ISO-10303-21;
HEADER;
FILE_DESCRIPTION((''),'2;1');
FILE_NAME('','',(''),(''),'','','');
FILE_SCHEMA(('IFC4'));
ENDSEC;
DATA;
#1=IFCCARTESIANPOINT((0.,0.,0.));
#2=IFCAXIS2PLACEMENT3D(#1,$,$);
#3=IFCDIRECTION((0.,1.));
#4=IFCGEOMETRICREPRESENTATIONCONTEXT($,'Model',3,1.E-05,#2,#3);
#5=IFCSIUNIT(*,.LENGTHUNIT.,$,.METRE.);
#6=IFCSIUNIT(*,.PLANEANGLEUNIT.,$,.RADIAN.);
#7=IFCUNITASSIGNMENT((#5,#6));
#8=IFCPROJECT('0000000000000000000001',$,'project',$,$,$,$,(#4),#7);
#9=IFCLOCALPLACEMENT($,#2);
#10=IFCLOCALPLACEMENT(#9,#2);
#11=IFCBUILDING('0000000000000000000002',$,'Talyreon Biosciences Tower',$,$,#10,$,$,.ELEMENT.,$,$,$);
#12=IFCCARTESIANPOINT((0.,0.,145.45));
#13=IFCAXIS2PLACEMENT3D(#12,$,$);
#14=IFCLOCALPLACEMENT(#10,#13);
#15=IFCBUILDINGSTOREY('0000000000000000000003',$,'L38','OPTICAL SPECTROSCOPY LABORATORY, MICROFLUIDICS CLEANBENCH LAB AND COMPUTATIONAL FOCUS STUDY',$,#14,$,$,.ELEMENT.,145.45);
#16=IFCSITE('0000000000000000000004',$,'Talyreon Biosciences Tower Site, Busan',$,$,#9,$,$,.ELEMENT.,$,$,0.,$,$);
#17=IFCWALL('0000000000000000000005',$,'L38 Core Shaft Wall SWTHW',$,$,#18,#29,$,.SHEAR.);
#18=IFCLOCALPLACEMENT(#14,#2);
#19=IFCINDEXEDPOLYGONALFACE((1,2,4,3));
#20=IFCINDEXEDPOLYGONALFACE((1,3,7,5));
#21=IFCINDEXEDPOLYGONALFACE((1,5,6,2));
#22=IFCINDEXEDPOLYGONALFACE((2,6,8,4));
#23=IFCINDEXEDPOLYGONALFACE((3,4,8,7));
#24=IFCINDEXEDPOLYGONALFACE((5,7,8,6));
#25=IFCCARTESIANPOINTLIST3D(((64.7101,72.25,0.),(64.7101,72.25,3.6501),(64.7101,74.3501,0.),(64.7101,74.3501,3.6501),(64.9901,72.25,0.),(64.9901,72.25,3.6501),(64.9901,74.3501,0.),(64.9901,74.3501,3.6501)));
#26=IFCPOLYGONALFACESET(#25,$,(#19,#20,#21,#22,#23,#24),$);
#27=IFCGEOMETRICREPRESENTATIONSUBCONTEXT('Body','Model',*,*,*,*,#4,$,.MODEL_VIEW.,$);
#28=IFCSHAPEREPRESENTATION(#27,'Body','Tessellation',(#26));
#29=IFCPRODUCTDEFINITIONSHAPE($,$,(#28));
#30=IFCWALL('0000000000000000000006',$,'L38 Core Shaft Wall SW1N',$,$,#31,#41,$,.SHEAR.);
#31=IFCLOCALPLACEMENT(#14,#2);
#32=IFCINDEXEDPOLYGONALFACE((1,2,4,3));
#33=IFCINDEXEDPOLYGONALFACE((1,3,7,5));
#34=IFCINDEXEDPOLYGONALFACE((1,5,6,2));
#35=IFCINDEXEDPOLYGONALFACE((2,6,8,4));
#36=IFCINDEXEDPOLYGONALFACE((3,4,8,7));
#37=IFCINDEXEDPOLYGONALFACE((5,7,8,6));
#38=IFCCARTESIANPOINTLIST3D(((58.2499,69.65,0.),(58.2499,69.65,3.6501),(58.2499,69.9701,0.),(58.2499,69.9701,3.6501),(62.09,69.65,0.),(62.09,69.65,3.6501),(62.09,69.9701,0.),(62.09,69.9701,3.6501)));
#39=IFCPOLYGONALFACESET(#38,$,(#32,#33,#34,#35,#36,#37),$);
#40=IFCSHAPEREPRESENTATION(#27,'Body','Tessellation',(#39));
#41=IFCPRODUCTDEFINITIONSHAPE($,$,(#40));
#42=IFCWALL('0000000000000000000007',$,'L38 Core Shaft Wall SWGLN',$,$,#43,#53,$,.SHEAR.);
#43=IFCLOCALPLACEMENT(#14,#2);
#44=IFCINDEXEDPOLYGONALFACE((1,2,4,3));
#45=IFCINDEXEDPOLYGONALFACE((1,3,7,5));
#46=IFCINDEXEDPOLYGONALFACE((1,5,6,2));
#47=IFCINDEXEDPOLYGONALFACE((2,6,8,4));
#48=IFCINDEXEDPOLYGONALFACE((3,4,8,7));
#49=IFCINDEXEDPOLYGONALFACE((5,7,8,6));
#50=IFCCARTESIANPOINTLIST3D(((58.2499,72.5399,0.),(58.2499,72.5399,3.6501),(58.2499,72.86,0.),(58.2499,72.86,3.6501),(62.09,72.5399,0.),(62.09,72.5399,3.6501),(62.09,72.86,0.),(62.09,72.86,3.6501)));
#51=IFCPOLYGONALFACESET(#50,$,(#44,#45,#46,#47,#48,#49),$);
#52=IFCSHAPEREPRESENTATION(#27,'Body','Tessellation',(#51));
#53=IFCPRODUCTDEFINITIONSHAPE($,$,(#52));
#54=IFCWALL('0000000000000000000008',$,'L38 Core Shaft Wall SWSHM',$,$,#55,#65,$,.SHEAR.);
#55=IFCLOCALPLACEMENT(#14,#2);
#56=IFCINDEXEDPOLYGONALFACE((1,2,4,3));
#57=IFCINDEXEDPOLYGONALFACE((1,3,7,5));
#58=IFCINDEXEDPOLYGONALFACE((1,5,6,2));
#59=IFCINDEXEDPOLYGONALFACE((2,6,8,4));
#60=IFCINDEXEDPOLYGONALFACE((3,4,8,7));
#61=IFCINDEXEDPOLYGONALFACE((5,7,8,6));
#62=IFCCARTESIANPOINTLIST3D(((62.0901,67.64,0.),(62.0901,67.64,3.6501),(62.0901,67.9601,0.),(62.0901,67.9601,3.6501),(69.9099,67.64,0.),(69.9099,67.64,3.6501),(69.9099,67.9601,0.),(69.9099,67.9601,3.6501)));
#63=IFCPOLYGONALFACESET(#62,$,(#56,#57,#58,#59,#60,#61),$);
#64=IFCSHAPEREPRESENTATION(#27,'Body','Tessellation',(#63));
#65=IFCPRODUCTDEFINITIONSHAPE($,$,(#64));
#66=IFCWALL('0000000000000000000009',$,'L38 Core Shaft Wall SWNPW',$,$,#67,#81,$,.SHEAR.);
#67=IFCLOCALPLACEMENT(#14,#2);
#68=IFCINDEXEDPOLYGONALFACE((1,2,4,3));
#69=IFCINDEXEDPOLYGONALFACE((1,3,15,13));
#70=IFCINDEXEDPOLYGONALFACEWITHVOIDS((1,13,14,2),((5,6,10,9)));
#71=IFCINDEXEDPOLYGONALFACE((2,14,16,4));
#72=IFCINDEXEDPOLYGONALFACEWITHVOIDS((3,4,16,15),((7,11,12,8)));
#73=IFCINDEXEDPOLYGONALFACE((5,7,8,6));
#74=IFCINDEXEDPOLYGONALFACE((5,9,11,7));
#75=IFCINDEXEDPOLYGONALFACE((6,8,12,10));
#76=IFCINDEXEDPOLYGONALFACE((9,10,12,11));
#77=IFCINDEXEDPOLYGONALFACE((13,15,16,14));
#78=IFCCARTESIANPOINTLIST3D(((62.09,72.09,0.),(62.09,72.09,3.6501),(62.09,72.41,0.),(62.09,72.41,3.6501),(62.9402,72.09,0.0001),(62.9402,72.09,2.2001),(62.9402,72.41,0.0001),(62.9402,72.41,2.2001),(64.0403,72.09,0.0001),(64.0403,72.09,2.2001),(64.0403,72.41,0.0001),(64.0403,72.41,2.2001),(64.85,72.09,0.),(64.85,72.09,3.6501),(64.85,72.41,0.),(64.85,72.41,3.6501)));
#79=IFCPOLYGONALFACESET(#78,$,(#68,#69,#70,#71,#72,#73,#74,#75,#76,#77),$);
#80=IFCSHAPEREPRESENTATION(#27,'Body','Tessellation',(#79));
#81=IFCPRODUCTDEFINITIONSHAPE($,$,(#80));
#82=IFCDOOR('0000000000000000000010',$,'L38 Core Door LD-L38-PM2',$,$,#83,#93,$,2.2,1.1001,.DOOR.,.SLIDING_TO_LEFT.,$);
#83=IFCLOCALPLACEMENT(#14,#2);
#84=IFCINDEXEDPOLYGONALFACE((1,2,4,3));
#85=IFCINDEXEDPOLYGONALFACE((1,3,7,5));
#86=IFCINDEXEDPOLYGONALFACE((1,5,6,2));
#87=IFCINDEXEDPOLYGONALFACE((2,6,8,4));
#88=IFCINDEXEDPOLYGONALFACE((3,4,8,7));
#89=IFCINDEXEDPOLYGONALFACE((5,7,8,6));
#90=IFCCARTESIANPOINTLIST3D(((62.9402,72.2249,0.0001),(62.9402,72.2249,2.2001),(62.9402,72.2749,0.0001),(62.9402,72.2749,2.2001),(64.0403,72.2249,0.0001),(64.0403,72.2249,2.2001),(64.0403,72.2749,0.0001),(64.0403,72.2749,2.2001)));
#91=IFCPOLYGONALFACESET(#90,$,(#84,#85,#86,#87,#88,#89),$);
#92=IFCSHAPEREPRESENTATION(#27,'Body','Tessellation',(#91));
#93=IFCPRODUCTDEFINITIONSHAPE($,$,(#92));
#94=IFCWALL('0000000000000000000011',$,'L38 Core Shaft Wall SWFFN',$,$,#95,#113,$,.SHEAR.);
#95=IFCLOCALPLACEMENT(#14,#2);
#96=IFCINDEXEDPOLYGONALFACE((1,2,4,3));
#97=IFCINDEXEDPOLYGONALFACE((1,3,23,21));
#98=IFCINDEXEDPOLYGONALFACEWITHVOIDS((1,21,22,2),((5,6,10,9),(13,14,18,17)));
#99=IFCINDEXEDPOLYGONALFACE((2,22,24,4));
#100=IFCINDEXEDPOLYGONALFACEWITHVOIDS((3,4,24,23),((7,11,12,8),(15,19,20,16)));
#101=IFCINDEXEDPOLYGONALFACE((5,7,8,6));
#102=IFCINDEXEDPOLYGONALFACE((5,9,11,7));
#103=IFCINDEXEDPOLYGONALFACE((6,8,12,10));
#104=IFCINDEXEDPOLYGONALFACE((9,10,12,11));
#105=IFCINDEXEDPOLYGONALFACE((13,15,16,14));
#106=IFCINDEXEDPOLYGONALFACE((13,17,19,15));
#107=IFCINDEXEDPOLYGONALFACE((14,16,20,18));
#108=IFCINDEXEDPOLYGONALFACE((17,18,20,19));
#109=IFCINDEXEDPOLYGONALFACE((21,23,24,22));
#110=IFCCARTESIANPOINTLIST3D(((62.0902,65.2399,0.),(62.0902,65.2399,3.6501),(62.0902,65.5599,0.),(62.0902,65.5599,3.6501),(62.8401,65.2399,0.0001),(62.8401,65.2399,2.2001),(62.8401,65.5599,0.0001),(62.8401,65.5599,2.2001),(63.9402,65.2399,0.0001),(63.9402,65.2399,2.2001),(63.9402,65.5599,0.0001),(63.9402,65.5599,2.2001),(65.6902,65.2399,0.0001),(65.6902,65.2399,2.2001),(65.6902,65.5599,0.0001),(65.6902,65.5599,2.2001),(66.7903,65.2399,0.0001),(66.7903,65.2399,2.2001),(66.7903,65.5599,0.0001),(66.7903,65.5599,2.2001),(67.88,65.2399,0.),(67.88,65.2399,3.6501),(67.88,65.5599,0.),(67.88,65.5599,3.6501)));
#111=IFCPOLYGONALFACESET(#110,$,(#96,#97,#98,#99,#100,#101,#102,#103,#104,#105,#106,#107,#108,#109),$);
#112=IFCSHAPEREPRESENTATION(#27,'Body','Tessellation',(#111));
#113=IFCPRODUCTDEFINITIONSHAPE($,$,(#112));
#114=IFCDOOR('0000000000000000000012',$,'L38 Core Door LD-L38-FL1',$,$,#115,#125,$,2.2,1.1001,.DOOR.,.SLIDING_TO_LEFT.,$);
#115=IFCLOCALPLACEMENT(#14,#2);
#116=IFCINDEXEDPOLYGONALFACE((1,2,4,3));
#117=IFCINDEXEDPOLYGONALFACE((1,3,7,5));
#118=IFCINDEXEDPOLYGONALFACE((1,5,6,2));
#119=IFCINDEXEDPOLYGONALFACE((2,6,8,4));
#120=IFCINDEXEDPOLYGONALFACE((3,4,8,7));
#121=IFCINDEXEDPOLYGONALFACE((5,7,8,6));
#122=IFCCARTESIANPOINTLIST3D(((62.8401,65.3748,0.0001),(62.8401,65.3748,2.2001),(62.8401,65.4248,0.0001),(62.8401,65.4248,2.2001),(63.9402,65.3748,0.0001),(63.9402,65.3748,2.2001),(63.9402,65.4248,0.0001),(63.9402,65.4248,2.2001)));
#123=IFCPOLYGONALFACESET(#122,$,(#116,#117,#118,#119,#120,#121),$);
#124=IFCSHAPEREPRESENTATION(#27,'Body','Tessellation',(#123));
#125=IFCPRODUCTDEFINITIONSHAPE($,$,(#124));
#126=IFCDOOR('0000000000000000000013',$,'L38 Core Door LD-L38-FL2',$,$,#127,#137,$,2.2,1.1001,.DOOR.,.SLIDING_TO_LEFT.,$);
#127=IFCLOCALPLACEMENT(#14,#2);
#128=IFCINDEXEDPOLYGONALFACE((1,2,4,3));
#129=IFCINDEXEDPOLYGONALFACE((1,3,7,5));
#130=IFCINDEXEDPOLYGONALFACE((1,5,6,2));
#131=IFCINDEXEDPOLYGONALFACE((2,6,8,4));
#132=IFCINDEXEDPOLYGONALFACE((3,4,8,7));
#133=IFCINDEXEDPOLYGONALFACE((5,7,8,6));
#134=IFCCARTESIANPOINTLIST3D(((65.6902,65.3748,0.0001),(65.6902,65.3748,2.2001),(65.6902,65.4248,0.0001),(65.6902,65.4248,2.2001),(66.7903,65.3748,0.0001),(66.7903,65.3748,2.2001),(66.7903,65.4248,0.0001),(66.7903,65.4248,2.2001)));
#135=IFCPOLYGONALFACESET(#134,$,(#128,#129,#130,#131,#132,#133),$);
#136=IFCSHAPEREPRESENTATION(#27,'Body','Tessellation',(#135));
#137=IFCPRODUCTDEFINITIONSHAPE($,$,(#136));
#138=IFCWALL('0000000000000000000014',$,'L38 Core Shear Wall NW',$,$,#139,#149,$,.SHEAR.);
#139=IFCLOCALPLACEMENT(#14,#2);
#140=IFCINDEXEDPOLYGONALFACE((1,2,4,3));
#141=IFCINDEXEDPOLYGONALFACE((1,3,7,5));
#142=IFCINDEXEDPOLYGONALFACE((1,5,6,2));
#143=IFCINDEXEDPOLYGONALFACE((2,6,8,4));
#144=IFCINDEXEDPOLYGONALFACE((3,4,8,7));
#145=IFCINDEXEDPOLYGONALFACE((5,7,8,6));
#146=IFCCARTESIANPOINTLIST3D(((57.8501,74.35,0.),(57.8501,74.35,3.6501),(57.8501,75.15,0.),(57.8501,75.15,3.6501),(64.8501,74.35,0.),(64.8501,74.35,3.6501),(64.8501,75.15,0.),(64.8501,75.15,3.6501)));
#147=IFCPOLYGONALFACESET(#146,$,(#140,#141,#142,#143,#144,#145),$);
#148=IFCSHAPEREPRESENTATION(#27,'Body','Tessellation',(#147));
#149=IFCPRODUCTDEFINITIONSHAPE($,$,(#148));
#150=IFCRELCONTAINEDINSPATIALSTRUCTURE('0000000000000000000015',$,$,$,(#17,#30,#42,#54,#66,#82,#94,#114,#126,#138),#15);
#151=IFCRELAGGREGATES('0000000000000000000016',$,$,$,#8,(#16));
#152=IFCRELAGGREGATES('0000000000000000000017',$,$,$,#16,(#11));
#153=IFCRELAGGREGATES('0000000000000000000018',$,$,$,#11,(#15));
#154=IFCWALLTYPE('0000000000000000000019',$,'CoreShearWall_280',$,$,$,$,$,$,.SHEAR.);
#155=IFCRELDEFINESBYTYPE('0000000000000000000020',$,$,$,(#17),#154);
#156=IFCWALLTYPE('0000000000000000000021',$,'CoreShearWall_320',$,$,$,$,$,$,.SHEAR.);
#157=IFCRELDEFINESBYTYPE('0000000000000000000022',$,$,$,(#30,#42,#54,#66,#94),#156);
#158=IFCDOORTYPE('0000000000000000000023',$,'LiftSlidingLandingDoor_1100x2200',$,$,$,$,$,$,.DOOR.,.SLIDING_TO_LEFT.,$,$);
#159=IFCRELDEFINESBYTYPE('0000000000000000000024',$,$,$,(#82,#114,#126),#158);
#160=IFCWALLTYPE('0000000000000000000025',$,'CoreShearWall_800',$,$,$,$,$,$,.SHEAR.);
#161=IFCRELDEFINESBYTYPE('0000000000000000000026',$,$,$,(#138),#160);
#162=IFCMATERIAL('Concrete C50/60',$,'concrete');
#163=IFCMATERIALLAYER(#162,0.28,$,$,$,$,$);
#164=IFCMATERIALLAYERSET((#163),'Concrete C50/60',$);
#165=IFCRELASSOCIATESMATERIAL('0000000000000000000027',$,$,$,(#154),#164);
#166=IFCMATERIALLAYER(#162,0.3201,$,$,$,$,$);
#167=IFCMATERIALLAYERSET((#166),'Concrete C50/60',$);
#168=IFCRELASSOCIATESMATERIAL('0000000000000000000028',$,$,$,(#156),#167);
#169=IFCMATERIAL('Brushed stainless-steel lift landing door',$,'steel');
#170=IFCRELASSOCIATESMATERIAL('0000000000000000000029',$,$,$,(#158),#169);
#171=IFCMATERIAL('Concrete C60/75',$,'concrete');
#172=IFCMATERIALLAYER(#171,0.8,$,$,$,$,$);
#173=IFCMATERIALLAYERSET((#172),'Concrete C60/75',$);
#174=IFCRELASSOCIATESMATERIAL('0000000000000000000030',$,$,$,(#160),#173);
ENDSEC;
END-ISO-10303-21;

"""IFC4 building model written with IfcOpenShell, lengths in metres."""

from ifc_helpers import new_model, si_unit, direction, frame, frame_2d, origin, place, context, subcontext, project, spatial, rectangle, extrude, material, layer, layer_set, type_object, element, fill, save


model = new_model("IFC4")

# Units and contexts
model_context = context("Model", 3, precision=1e-05, world=origin(), true_north=direction((0.0, 1.0)))
body_context = subcontext(model_context, "Body", "Model", "MODEL_VIEW")
ifc_project = project(units=[si_unit("LENGTHUNIT", "METRE"), si_unit("PLANEANGLEUNIT", "RADIAN")], contexts=[model_context])

# Site, building, storey
site_placement = place(None, origin())
site = spatial("IfcSite", under=ifc_project, at=site_placement, Name="Talyreon Biosciences Tower Site, Busan", CompositionType="ELEMENT", RefElevation=0.0)
building_placement = place(site_placement, origin())
building = spatial("IfcBuilding", under=site, at=building_placement, Name="Talyreon Biosciences Tower", CompositionType="ELEMENT")
storey_placement = place(building_placement, frame((0.0, 0.0, 145.45)))
storey = spatial("IfcBuildingStorey", under=building, at=storey_placement, Name="L38", Description="OPTICAL SPECTROSCOPY LABORATORY, MICROFLUIDICS CLEANBENCH LAB AND COMPUTATIONAL FOCUS STUDY", CompositionType="ELEMENT", Elevation=145.45)

# Shared definitions
ifc_material_1 = material(Name="Concrete C50/60", Category="concrete")

# Shared definitions
ifc_material_2 = material(Name="Concrete C60/75", Category="concrete")

# Walls
ifc_layer_1 = layer(ifc_material_1, 0.28)
ifc_layer_set_1 = layer_set([ifc_layer_1], Name="Concrete C50/60")
wall_type_1 = type_object("IfcWallType", Name="CoreShearWall_280", PredefinedType="SHEAR", material=ifc_layer_set_1)
wall_1_placement = place(storey_placement, frame((64.8501, 72.25, 0.0), z_axis=(0.0, 0.0, 1.0), x_axis=(0.0, 1.0, 0.0)))
element("IfcWall", 1, at=wall_1_placement, inside=storey, type_object=wall_type_1, Name="L38 Core Shaft Wall SWTHW", PredefinedType="SHEAR", context=body_context, shape_type="SweptSolid", body=[
    extrude(rectangle(XDim=2.1001, YDim=0.28, at=frame_2d((1.05, 0.0))), origin(), (0.0, 0.0, 1.0), 3.6501),
])
ifc_layer_2 = layer(ifc_material_1, 0.3201)
ifc_layer_set_2 = layer_set([ifc_layer_2], Name="Concrete C50/60")
wall_type_2 = type_object("IfcWallType", Name="CoreShearWall_320", PredefinedType="SHEAR", material=ifc_layer_set_2)
for number, where, z_axis, x_axis, name in (
    (2, (58.25, 69.8101, 0.0), (0.0, 0.0, 1.0), (1.0, 0.0, 0.0), "L38 Core Shaft Wall SW1N"),
    (3, (58.25, 72.7, 0.0), (0.0, 0.0, 1.0), (1.0, 0.0, 0.0), "L38 Core Shaft Wall SWGLN"),
):
    element("IfcWall", number, at=place(storey_placement, frame(where, z_axis=z_axis, x_axis=x_axis)), inside=storey, type_object=wall_type_2, Name=name, PredefinedType="SHEAR", context=body_context, shape_type="SweptSolid", body=[
        extrude(rectangle(XDim=3.8401, YDim=0.3201, at=frame_2d((1.9199, 0.0))), origin(), (0.0, 0.0, 1.0), 3.6501),
    ])
wall_2_placement = place(storey_placement, frame((62.0901, 67.8, 0.0), z_axis=(0.0, 0.0, 1.0), x_axis=(1.0, 0.0, 0.0)))
element("IfcWall", 4, at=wall_2_placement, inside=storey, type_object=wall_type_2, Name="L38 Core Shaft Wall SWSHM", PredefinedType="SHEAR", context=body_context, shape_type="SweptSolid", body=[
    extrude(rectangle(XDim=7.8198, YDim=0.3201, at=frame_2d((3.9099, 0.0))), origin(), (0.0, 0.0, 1.0), 3.6501),
])

# Shared definitions
ifc_material_3 = material(Name="Brushed stainless-steel lift landing door", Category="steel")
door_type_1 = type_object("IfcDoorType", Name="LiftSlidingLandingDoor_1100x2200", OperationType="SLIDING_TO_LEFT", PredefinedType="DOOR", material=ifc_material_3)

# Wall, opening, door
wall_3_placement = place(storey_placement, frame((62.0901, 72.25, 0.0), z_axis=(0.0, 0.0, 1.0), x_axis=(1.0, 0.0, 0.0)))
wall_3 = element("IfcWall", 5, at=wall_3_placement, inside=storey, type_object=wall_type_2, Name="L38 Core Shaft Wall SWNPW", PredefinedType="SHEAR", context=body_context, shape_type="SweptSolid", body=[
    extrude(rectangle(XDim=2.76, YDim=0.3201, at=frame_2d((1.3799, 0.0))), origin(), (0.0, 0.0, 1.0), 3.6501),
])
opening_1_placement = place(wall_3_placement, frame((0.8501, 0.0, 0.0)))
opening_1 = element("IfcOpeningElement", 6, at=opening_1_placement, cuts=wall_3, PredefinedType="OPENING", context=body_context, shape_type="SweptSolid", body=[
    extrude(rectangle(XDim=1.1001, YDim=2.2, at=frame_2d((0.55, 1.1001))), frame((0.0, 0.1699, 0.0), z_axis=(0.0, -1.0, 0.0), x_axis=(1.0, 0.0, 0.0)), (0.0, 0.0, 1.0), 0.3401),
])
door_1_placement = place(opening_1_placement, origin())
door_1 = element("IfcDoor", 7, at=door_1_placement, inside=storey, type_object=door_type_1, Name="L38 Core Door LD-L38-PM2", OperationType="SLIDING_TO_LEFT", OverallHeight=2.2, OverallWidth=1.1001, PredefinedType="DOOR", context=body_context, shape_type="SweptSolid", body=[
    extrude(rectangle(XDim=1.1001, YDim=2.2, at=frame_2d((0.55, 1.1001))), frame((0.0, 0.0249, 0.0), z_axis=(0.0, -1.0, 0.0), x_axis=(1.0, 0.0, 0.0)), (0.0, 0.0, 1.0), 0.05),
])
fill(opening_1, door_1)

# Wall, openings, doors
wall_4_placement = place(storey_placement, frame((62.0901, 65.3999, 0.0), z_axis=(0.0, 0.0, 1.0), x_axis=(1.0, 0.0, 0.0)))
wall_4 = element("IfcWall", 8, at=wall_4_placement, inside=storey, type_object=wall_type_2, Name="L38 Core Shaft Wall SWFFN", PredefinedType="SHEAR", context=body_context, shape_type="SweptSolid", body=[
    extrude(rectangle(XDim=5.7898, YDim=0.3201, at=frame_2d((2.895, 0.0))), origin(), (0.0, 0.0, 1.0), 3.6501),
])
opening_2_placement = place(wall_4_placement, frame((0.75, 0.0, 0.0)))
opening_2 = element("IfcOpeningElement", 9, at=opening_2_placement, cuts=wall_4, PredefinedType="OPENING", context=body_context, shape_type="SweptSolid", body=[
    extrude(rectangle(XDim=1.1001, YDim=2.2, at=frame_2d((0.55, 1.1001))), frame((0.0, 0.1699, 0.0), z_axis=(0.0, -1.0, 0.0), x_axis=(1.0, 0.0, 0.0)), (0.0, 0.0, 1.0), 0.3401),
])
opening_3_placement = place(wall_4_placement, frame((3.6001, 0.0, 0.0)))
opening_3 = element("IfcOpeningElement", 10, at=opening_3_placement, cuts=wall_4, PredefinedType="OPENING", context=body_context, shape_type="SweptSolid", body=[
    extrude(rectangle(XDim=1.1001, YDim=2.2, at=frame_2d((0.55, 1.1001))), frame((0.0, 0.1699, 0.0), z_axis=(0.0, -1.0, 0.0), x_axis=(1.0, 0.0, 0.0)), (0.0, 0.0, 1.0), 0.3401),
])
door_2_placement = place(opening_2_placement, origin())
door_2 = element("IfcDoor", 11, at=door_2_placement, inside=storey, type_object=door_type_1, Name="L38 Core Door LD-L38-FL1", OperationType="SLIDING_TO_LEFT", OverallHeight=2.2, OverallWidth=1.1001, PredefinedType="DOOR", context=body_context, shape_type="SweptSolid", body=[
    extrude(rectangle(XDim=1.1001, YDim=2.2, at=frame_2d((0.55, 1.1001))), frame((0.0, 0.0249, 0.0), z_axis=(0.0, -1.0, 0.0), x_axis=(1.0, 0.0, 0.0)), (0.0, 0.0, 1.0), 0.05),
])
fill(opening_2, door_2)
door_3_placement = place(opening_3_placement, origin())
door_3 = element("IfcDoor", 12, at=door_3_placement, inside=storey, type_object=door_type_1, Name="L38 Core Door LD-L38-FL2", OperationType="SLIDING_TO_LEFT", OverallHeight=2.2, OverallWidth=1.1001, PredefinedType="DOOR", context=body_context, shape_type="SweptSolid", body=[
    extrude(rectangle(XDim=1.1001, YDim=2.2, at=frame_2d((0.55, 1.1001))), frame((0.0, 0.0249, 0.0), z_axis=(0.0, -1.0, 0.0), x_axis=(1.0, 0.0, 0.0)), (0.0, 0.0, 1.0), 0.05),
])
fill(opening_3, door_3)

# Wall
ifc_layer_3 = layer(ifc_material_2, 0.8)
ifc_layer_set_3 = layer_set([ifc_layer_3], Name="Concrete C60/75")
wall_type_3 = type_object("IfcWallType", Name="CoreShearWall_800", PredefinedType="SHEAR", material=ifc_layer_set_3)
wall_5_placement = place(storey_placement, frame((64.8501, 74.75, 0.0), z_axis=(0.0, 0.0, 1.0), x_axis=(-1.0, 0.0, 0.0)))
element("IfcWall", 13, at=wall_5_placement, inside=storey, type_object=wall_type_3, Name="L38 Core Shear Wall NW", PredefinedType="SHEAR", context=body_context, shape_type="SweptSolid", body=[
    extrude(rectangle(XDim=7.0, YDim=0.8, at=frame_2d((3.5, 0.0))), origin(), (0.0, 0.0, 1.0), 3.6501),
])

save(model, "model.ifc")
